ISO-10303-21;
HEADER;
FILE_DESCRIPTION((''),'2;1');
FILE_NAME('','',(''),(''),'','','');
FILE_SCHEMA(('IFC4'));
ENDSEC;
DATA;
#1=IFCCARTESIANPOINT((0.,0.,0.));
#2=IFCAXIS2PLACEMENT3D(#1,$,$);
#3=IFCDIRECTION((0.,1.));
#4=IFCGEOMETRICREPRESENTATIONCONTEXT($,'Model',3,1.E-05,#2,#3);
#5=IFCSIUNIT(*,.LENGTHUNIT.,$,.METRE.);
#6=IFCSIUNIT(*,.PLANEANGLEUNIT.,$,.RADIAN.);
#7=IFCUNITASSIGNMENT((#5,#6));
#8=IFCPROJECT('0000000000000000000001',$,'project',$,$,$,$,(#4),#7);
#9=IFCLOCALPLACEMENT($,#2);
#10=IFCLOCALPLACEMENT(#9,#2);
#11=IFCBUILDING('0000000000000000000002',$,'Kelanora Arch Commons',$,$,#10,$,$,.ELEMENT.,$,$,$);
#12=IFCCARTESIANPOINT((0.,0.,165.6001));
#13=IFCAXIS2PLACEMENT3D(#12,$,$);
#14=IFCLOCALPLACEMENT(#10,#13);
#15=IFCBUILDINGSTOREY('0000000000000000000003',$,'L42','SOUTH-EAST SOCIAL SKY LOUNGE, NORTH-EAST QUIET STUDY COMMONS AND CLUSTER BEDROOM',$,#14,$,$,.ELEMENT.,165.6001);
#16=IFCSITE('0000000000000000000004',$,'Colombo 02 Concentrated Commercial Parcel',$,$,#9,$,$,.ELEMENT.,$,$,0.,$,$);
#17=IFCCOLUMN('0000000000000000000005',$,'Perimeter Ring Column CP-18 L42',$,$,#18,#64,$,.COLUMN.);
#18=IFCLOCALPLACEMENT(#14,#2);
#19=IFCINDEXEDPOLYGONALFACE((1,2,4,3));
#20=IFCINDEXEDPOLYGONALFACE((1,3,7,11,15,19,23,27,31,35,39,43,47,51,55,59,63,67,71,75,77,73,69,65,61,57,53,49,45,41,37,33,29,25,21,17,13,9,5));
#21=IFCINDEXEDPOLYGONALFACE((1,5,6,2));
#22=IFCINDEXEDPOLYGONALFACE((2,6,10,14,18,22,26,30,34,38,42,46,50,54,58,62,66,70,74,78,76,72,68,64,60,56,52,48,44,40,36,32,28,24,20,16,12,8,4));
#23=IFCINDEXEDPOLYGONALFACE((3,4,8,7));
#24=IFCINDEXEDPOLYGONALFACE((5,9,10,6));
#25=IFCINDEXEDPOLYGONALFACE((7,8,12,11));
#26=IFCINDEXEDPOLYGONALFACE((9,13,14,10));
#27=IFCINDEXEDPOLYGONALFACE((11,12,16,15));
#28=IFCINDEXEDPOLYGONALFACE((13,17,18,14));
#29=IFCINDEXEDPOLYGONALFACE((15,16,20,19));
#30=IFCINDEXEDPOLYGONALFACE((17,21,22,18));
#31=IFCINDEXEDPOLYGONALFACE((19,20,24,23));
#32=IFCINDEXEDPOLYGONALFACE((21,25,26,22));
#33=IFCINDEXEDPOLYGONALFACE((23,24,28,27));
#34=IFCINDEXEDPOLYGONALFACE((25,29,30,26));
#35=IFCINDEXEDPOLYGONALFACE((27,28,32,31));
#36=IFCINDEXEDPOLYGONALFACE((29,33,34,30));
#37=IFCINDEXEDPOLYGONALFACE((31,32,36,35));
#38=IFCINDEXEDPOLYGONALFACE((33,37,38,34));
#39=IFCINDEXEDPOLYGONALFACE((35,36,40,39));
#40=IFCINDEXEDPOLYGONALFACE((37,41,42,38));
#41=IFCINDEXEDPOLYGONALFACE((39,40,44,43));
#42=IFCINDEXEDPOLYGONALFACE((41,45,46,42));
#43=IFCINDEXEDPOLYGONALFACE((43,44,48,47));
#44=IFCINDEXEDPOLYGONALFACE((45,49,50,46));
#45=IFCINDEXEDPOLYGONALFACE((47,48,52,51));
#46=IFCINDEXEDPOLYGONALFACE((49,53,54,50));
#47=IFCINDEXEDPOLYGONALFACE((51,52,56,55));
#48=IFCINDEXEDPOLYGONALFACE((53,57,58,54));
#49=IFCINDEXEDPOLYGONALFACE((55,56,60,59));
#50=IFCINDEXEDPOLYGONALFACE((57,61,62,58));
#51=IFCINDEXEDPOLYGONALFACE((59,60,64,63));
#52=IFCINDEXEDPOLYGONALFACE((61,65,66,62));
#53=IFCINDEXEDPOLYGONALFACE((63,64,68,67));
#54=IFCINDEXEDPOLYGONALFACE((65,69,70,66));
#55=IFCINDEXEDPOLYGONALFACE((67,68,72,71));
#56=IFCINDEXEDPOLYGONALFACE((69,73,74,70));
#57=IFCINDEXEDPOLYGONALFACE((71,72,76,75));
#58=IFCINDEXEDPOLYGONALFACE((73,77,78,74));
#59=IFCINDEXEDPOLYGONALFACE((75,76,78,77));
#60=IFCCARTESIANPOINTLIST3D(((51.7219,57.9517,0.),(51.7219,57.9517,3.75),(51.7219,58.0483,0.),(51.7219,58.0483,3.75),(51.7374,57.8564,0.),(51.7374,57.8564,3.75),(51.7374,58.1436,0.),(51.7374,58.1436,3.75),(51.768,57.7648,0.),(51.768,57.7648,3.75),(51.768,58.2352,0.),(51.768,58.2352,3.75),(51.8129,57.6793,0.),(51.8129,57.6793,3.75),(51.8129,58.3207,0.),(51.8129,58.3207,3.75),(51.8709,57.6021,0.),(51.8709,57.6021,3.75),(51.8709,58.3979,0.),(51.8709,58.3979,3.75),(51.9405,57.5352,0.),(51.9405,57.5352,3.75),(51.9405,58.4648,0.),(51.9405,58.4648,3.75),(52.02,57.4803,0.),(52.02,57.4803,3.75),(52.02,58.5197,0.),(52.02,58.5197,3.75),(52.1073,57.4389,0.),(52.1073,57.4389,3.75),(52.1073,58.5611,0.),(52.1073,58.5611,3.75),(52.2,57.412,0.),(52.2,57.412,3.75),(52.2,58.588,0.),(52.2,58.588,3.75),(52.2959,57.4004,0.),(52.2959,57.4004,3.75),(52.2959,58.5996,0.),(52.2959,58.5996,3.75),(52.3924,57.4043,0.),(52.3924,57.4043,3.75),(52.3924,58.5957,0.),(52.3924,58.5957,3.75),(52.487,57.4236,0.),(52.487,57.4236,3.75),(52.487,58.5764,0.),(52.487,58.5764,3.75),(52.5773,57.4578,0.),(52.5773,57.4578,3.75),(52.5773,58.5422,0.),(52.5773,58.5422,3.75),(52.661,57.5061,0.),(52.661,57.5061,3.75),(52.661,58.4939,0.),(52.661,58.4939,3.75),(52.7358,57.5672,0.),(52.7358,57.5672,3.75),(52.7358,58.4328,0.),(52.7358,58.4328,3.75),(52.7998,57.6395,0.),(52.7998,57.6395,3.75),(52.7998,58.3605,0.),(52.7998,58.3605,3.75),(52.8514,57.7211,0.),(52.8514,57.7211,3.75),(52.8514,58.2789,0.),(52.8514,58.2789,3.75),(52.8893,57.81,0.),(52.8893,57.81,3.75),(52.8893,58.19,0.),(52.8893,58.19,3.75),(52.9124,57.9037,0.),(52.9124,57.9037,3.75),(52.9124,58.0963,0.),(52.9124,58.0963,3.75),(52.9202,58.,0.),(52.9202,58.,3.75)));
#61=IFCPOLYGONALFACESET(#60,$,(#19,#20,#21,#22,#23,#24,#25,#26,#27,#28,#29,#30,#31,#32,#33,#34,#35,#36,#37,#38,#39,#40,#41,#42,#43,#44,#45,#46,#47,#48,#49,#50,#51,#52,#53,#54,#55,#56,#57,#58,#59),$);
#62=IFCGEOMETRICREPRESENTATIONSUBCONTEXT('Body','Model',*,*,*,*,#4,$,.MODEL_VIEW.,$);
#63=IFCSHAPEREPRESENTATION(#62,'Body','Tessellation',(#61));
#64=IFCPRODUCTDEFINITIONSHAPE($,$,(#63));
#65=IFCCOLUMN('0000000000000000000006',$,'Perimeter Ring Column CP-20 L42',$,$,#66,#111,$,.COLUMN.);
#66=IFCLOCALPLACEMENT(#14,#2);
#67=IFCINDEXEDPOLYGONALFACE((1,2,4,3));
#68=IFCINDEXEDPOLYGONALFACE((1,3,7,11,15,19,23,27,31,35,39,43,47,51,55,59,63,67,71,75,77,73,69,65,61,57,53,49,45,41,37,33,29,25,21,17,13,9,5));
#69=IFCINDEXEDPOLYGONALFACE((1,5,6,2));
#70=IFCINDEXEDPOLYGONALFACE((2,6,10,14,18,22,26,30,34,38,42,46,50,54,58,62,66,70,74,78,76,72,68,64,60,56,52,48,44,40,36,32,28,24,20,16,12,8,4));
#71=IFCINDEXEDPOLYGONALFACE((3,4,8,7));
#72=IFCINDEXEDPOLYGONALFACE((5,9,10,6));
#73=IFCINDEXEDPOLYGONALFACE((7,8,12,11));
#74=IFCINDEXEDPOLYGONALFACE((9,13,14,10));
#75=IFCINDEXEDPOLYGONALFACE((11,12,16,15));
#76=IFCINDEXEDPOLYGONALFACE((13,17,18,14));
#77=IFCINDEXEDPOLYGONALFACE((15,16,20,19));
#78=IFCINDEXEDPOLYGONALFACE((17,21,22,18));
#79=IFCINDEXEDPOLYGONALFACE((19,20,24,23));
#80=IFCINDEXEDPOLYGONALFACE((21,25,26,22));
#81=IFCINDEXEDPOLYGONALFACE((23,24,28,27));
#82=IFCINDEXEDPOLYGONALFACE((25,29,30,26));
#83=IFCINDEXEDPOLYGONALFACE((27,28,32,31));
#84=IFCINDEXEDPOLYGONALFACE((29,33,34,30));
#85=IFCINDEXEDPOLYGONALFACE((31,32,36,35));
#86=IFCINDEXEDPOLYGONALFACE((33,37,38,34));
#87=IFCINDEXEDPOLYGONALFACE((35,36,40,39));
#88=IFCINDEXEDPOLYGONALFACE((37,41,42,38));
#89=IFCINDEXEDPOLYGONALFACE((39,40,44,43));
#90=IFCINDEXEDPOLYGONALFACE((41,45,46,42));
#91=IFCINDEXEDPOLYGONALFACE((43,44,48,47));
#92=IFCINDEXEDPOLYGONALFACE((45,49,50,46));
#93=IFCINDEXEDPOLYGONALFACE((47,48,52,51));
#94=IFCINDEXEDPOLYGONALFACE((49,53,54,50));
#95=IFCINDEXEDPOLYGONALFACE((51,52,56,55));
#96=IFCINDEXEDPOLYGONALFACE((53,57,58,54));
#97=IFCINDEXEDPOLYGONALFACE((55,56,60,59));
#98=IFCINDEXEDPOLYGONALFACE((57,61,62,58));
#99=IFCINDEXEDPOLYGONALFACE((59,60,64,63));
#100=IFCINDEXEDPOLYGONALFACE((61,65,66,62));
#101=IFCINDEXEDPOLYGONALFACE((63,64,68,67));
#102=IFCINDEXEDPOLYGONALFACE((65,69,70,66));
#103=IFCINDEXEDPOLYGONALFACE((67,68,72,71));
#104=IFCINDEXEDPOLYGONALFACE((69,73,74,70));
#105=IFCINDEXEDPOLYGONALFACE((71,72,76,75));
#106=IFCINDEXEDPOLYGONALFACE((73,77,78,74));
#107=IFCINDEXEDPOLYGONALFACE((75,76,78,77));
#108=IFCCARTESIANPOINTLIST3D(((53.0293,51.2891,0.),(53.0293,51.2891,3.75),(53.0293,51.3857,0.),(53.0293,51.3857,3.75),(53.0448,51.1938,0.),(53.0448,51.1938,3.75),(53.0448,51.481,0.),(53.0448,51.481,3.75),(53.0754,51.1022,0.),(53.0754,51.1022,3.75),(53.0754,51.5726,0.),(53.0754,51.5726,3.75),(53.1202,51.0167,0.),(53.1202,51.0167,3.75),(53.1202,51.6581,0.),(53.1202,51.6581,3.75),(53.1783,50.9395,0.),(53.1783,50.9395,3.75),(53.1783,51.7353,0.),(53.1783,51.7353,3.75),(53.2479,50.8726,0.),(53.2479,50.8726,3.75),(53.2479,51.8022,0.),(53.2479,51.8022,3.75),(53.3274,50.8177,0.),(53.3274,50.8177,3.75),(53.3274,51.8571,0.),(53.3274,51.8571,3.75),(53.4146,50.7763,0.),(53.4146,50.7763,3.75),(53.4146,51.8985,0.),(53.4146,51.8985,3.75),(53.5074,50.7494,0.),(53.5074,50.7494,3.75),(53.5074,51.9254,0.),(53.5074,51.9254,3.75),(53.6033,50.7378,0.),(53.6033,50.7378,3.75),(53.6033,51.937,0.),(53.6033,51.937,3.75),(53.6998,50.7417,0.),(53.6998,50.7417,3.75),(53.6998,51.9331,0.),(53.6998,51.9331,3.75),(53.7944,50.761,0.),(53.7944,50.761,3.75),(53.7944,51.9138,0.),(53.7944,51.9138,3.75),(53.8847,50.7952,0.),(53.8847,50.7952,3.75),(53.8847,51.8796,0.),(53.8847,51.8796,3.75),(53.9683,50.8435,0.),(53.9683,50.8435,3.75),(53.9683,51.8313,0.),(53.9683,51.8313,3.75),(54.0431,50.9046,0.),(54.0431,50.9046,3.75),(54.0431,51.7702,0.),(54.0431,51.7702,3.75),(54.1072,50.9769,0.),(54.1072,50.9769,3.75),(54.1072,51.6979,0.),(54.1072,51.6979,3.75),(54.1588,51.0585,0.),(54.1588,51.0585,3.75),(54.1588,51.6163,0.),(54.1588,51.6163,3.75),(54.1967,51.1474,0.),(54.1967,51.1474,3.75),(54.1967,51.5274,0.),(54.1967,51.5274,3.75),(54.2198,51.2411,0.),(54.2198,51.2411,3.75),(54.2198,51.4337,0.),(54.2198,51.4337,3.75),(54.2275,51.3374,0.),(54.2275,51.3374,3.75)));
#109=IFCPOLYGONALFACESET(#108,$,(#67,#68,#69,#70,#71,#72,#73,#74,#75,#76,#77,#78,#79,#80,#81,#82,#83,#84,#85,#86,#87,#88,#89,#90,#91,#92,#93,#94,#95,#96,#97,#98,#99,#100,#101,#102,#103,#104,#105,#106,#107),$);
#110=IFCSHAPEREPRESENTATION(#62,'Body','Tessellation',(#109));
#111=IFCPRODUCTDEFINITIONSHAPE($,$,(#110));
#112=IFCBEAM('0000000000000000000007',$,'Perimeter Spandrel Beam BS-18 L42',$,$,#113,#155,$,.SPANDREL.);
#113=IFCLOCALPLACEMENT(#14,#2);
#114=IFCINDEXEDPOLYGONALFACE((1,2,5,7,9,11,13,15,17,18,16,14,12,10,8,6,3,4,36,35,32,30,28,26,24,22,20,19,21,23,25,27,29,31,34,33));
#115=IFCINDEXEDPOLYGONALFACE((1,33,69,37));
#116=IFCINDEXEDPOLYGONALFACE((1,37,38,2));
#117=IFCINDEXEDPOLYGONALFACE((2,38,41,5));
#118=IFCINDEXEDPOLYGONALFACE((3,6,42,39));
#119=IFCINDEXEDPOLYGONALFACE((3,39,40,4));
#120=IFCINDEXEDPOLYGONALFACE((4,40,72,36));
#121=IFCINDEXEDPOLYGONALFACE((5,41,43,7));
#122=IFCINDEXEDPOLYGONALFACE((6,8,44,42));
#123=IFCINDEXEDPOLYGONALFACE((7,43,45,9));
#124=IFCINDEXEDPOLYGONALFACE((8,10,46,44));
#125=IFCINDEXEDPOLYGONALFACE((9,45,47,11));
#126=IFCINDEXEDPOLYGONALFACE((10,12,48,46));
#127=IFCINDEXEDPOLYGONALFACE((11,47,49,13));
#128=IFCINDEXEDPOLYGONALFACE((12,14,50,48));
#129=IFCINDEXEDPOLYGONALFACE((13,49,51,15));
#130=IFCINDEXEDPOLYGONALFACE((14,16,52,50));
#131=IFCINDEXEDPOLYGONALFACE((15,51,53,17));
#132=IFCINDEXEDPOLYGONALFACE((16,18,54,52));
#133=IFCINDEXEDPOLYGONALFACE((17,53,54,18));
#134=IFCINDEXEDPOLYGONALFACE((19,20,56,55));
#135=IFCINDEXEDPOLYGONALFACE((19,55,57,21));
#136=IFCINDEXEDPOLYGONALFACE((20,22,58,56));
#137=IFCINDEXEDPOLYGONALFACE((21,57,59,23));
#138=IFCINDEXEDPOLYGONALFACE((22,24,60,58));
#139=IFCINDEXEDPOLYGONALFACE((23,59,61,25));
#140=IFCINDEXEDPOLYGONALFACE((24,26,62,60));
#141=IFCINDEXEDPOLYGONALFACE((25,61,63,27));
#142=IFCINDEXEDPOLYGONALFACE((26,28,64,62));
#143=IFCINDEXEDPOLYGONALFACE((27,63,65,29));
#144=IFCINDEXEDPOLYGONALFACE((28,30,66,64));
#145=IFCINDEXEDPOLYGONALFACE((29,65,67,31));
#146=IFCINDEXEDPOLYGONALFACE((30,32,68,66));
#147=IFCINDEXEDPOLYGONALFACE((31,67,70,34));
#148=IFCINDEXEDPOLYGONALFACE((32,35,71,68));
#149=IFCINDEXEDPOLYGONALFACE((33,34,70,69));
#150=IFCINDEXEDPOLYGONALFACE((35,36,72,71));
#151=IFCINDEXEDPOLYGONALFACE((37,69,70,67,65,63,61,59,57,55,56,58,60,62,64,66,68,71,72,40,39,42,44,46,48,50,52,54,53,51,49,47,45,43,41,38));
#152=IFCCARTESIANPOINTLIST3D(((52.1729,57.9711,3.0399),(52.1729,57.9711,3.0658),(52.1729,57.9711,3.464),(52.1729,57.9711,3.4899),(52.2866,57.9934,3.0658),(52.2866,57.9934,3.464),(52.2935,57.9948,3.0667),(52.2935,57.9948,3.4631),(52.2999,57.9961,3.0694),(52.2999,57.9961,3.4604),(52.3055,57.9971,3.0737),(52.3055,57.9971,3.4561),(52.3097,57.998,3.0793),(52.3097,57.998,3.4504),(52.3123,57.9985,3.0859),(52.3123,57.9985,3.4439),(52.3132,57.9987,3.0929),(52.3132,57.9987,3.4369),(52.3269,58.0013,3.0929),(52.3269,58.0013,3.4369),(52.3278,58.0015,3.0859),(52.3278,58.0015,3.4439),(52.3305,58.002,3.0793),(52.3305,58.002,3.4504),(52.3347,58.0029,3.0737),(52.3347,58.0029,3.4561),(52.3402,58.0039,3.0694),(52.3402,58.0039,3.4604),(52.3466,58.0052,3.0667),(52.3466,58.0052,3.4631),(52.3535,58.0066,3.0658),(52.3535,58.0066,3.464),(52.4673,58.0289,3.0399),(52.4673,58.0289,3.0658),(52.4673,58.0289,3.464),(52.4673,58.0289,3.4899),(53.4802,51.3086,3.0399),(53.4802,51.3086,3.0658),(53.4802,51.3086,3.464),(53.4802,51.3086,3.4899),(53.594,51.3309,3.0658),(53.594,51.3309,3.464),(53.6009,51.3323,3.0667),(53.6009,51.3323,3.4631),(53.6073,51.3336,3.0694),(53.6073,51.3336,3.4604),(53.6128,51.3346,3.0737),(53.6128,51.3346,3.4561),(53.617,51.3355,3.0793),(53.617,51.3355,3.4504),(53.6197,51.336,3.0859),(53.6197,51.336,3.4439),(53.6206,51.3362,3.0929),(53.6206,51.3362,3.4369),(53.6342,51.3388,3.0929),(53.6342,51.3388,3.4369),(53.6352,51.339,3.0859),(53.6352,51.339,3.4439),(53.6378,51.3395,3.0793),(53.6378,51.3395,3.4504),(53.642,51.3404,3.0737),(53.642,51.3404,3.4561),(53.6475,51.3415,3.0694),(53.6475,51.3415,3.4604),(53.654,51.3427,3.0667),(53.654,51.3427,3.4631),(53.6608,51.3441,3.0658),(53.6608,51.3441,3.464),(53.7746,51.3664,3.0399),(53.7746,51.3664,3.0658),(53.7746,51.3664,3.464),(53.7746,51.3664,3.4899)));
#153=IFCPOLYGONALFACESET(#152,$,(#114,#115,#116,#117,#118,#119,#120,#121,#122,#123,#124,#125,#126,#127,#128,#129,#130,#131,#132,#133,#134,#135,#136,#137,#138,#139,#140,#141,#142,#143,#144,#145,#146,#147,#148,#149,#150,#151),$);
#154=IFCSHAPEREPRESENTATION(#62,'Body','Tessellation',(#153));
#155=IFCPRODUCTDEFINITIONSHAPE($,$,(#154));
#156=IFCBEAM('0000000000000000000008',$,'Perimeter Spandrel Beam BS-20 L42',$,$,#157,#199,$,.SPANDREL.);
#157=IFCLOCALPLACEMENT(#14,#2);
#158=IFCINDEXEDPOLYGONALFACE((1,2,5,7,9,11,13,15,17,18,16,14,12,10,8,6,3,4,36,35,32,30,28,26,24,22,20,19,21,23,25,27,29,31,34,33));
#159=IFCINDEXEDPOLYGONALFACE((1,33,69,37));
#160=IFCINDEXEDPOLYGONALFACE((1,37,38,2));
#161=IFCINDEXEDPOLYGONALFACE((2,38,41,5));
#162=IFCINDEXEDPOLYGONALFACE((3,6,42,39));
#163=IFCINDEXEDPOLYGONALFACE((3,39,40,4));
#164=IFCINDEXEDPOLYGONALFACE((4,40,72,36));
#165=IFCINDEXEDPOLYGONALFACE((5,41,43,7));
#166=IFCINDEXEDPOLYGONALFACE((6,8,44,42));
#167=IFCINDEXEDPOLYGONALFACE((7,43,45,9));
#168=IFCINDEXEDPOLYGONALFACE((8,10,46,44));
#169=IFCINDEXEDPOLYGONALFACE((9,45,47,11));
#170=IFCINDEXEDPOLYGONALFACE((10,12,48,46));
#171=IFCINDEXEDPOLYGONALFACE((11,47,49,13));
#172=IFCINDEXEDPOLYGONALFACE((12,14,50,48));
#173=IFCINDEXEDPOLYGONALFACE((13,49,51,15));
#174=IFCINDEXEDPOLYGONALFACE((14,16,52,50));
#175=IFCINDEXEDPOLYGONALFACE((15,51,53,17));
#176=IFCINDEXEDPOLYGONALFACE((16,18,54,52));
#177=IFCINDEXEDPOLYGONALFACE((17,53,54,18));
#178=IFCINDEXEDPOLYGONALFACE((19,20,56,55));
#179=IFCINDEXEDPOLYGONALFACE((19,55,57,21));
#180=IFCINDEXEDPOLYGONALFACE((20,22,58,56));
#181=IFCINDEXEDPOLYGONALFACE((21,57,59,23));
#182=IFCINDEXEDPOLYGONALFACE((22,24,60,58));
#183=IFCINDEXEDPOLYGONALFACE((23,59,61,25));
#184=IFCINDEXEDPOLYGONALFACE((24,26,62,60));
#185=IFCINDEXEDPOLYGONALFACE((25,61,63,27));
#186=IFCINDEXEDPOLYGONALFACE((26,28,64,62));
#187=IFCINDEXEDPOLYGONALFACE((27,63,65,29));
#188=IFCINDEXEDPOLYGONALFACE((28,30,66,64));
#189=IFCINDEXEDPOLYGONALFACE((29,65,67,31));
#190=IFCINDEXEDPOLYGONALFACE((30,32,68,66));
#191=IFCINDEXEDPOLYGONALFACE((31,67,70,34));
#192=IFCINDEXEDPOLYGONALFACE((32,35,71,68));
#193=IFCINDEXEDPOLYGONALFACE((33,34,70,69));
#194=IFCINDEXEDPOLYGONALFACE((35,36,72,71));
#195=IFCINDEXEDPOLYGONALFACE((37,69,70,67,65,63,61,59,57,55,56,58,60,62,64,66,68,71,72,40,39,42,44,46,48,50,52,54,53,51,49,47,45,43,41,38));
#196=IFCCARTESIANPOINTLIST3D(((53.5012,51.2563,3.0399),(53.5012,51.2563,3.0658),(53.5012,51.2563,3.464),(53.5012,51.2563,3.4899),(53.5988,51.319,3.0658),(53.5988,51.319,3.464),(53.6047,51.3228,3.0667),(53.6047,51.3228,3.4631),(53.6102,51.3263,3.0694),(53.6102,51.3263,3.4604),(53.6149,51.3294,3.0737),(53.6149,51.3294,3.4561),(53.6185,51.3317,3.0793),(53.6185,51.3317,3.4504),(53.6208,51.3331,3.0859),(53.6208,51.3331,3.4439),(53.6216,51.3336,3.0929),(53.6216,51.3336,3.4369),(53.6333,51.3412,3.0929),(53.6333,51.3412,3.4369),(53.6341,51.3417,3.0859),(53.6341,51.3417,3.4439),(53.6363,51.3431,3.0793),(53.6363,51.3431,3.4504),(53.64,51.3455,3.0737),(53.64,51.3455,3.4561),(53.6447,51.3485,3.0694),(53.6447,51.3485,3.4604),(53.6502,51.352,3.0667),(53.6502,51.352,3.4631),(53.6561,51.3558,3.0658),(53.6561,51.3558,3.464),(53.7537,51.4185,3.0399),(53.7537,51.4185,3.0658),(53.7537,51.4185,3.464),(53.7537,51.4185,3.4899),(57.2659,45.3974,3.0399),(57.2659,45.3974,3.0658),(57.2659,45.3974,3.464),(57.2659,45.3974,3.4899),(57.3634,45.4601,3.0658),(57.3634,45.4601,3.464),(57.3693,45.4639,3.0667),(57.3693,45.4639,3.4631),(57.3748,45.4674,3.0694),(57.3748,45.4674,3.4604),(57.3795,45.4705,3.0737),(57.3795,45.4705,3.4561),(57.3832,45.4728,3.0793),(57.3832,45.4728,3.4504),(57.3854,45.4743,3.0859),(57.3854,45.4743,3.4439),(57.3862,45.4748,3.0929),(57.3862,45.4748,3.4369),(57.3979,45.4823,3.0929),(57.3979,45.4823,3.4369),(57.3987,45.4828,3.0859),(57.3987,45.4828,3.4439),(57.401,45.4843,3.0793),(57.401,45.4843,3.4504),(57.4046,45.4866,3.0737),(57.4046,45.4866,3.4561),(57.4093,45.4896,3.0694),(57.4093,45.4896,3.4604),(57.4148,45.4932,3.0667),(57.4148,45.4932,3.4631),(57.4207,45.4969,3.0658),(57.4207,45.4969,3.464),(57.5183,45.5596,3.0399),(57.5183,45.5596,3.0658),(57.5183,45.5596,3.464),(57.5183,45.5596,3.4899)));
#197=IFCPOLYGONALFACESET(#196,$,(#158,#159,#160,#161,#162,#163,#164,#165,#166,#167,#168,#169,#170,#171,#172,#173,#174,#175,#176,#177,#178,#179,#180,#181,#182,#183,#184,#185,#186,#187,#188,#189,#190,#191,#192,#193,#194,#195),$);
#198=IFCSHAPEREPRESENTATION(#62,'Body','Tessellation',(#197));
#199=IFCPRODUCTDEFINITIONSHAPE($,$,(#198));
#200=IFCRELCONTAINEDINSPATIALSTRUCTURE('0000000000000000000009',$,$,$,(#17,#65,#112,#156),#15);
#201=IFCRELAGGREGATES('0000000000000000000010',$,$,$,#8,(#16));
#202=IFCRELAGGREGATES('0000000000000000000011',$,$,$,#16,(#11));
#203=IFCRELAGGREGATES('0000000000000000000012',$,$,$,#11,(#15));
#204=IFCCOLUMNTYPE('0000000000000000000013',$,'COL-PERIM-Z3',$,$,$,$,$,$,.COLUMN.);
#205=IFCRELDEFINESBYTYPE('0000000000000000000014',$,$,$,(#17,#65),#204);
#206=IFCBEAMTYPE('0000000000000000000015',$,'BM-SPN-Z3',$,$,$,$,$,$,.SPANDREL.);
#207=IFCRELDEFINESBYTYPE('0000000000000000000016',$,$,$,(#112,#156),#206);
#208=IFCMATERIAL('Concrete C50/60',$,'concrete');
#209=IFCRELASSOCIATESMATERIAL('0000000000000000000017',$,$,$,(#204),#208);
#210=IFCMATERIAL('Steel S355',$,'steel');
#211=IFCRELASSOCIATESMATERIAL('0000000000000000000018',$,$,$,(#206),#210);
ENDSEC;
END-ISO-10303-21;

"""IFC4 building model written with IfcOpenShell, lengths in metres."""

from ifc_helpers import new_model, si_unit, direction, frame, origin, origin_2d, place, context, subcontext, project, spatial, circle, i_section, extrude, material, material_profile, profile_set, type_object, element, save


model = new_model("IFC4")

# Units and contexts
model_context = context("Model", 3, precision=1e-05, world=origin(), true_north=direction((0.0, 1.0)))
body_context = subcontext(model_context, "Body", "Model", "MODEL_VIEW")
ifc_project = project(units=[si_unit("LENGTHUNIT", "METRE"), si_unit("PLANEANGLEUNIT", "RADIAN")], contexts=[model_context])

# Site, building, storey
site_placement = place(None, origin())
site = spatial("IfcSite", under=ifc_project, at=site_placement, Name="Colombo 02 Concentrated Commercial Parcel", CompositionType="ELEMENT", RefElevation=0.0)
building_placement = place(site_placement, origin())
building = spatial("IfcBuilding", under=site, at=building_placement, Name="Kelanora Arch Commons", CompositionType="ELEMENT")
storey_placement = place(building_placement, frame((0.0, 0.0, 165.6001)))
storey = spatial("IfcBuildingStorey", under=building, at=storey_placement, Name="L42", Description="SOUTH-EAST SOCIAL SKY LOUNGE, NORTH-EAST QUIET STUDY COMMONS AND CLUSTER BEDROOM", CompositionType="ELEMENT", Elevation=165.6001)

# Columns
ifc_material_1 = material(Name="Concrete C50/60", Category="concrete")
ifc_material_profile_1 = material_profile(ifc_material_1, circle(Radius=0.6001, at=origin_2d()), Name="RCC1200")
ifc_profile_set_1 = profile_set([ifc_material_profile_1], Name="Concrete C50/60")
column_type = type_object("IfcColumnType", Name="COL-PERIM-Z3", PredefinedType="COLUMN", material=ifc_profile_set_1)
for number, where, z_axis, x_axis, name in (
    (1, (52.3201, 58.0, 0.0), (0.0, 0.0, 1.0), (1.0, 0.0, 0.0), "Perimeter Ring Column CP-18 L42"),
    (2, (53.6274, 51.3374, 0.0), (0.0, 0.0, 1.0), (1.0, 0.0, 0.0), "Perimeter Ring Column CP-20 L42"),
):
    element("IfcColumn", number, at=place(storey_placement, frame(where, z_axis=z_axis, x_axis=x_axis)), inside=storey, type_object=column_type, Name=name, PredefinedType="COLUMN", context=body_context, shape_type="SweptSolid", body=[
        extrude(circle(Radius=0.6001, at=origin_2d()), origin(), (0.0, 0.0, 1.0), 3.75),
    ])

# Beams
ifc_material_2 = material(Name="Steel S355", Category="steel")
ifc_material_profile_2 = material_profile(ifc_material_2, i_section(OverallWidth=0.3, OverallDepth=0.45, WebThickness=0.0139, FlangeThickness=0.0259, FilletRadius=0.0271, at=origin_2d()), Name="HEB450")
ifc_profile_set_2 = profile_set([ifc_material_profile_2], Name="Steel S355")
beam_type = type_object("IfcBeamType", Name="BM-SPN-Z3", PredefinedType="SPANDREL", material=ifc_profile_set_2)
beam_1_placement = place(storey_placement, frame((52.3201, 58.0, 3.2649), z_axis=(0.192554, -0.981286, 0.0), x_axis=(0.981286, 0.192554, 0.0)))
element("IfcBeam", 3, at=beam_1_placement, inside=storey, type_object=beam_type, Name="Perimeter Spandrel Beam BS-18 L42", PredefinedType="SPANDREL", context=body_context, shape_type="SweptSolid", body=[
    extrude(i_section(OverallWidth=0.3, OverallDepth=0.45, WebThickness=0.0139, FlangeThickness=0.0259, FilletRadius=0.0271, at=origin_2d()), origin(), (0.0, 0.0, 1.0), 6.7896),
])
beam_2_placement = place(storey_placement, frame((53.6274, 51.3374, 3.2649), z_axis=(0.540577, -0.841295, 0.0), x_axis=(0.841295, 0.540577, 0.0)))
element("IfcBeam", 4, at=beam_2_placement, inside=storey, type_object=beam_type, Name="Perimeter Spandrel Beam BS-20 L42", PredefinedType="SPANDREL", context=body_context, shape_type="SweptSolid", body=[
    extrude(i_section(OverallWidth=0.3, OverallDepth=0.45, WebThickness=0.0139, FlangeThickness=0.0259, FilletRadius=0.0271, at=origin_2d()), origin(), (0.0, 0.0, 1.0), 6.9641),
])

save(model, "model.ifc")
